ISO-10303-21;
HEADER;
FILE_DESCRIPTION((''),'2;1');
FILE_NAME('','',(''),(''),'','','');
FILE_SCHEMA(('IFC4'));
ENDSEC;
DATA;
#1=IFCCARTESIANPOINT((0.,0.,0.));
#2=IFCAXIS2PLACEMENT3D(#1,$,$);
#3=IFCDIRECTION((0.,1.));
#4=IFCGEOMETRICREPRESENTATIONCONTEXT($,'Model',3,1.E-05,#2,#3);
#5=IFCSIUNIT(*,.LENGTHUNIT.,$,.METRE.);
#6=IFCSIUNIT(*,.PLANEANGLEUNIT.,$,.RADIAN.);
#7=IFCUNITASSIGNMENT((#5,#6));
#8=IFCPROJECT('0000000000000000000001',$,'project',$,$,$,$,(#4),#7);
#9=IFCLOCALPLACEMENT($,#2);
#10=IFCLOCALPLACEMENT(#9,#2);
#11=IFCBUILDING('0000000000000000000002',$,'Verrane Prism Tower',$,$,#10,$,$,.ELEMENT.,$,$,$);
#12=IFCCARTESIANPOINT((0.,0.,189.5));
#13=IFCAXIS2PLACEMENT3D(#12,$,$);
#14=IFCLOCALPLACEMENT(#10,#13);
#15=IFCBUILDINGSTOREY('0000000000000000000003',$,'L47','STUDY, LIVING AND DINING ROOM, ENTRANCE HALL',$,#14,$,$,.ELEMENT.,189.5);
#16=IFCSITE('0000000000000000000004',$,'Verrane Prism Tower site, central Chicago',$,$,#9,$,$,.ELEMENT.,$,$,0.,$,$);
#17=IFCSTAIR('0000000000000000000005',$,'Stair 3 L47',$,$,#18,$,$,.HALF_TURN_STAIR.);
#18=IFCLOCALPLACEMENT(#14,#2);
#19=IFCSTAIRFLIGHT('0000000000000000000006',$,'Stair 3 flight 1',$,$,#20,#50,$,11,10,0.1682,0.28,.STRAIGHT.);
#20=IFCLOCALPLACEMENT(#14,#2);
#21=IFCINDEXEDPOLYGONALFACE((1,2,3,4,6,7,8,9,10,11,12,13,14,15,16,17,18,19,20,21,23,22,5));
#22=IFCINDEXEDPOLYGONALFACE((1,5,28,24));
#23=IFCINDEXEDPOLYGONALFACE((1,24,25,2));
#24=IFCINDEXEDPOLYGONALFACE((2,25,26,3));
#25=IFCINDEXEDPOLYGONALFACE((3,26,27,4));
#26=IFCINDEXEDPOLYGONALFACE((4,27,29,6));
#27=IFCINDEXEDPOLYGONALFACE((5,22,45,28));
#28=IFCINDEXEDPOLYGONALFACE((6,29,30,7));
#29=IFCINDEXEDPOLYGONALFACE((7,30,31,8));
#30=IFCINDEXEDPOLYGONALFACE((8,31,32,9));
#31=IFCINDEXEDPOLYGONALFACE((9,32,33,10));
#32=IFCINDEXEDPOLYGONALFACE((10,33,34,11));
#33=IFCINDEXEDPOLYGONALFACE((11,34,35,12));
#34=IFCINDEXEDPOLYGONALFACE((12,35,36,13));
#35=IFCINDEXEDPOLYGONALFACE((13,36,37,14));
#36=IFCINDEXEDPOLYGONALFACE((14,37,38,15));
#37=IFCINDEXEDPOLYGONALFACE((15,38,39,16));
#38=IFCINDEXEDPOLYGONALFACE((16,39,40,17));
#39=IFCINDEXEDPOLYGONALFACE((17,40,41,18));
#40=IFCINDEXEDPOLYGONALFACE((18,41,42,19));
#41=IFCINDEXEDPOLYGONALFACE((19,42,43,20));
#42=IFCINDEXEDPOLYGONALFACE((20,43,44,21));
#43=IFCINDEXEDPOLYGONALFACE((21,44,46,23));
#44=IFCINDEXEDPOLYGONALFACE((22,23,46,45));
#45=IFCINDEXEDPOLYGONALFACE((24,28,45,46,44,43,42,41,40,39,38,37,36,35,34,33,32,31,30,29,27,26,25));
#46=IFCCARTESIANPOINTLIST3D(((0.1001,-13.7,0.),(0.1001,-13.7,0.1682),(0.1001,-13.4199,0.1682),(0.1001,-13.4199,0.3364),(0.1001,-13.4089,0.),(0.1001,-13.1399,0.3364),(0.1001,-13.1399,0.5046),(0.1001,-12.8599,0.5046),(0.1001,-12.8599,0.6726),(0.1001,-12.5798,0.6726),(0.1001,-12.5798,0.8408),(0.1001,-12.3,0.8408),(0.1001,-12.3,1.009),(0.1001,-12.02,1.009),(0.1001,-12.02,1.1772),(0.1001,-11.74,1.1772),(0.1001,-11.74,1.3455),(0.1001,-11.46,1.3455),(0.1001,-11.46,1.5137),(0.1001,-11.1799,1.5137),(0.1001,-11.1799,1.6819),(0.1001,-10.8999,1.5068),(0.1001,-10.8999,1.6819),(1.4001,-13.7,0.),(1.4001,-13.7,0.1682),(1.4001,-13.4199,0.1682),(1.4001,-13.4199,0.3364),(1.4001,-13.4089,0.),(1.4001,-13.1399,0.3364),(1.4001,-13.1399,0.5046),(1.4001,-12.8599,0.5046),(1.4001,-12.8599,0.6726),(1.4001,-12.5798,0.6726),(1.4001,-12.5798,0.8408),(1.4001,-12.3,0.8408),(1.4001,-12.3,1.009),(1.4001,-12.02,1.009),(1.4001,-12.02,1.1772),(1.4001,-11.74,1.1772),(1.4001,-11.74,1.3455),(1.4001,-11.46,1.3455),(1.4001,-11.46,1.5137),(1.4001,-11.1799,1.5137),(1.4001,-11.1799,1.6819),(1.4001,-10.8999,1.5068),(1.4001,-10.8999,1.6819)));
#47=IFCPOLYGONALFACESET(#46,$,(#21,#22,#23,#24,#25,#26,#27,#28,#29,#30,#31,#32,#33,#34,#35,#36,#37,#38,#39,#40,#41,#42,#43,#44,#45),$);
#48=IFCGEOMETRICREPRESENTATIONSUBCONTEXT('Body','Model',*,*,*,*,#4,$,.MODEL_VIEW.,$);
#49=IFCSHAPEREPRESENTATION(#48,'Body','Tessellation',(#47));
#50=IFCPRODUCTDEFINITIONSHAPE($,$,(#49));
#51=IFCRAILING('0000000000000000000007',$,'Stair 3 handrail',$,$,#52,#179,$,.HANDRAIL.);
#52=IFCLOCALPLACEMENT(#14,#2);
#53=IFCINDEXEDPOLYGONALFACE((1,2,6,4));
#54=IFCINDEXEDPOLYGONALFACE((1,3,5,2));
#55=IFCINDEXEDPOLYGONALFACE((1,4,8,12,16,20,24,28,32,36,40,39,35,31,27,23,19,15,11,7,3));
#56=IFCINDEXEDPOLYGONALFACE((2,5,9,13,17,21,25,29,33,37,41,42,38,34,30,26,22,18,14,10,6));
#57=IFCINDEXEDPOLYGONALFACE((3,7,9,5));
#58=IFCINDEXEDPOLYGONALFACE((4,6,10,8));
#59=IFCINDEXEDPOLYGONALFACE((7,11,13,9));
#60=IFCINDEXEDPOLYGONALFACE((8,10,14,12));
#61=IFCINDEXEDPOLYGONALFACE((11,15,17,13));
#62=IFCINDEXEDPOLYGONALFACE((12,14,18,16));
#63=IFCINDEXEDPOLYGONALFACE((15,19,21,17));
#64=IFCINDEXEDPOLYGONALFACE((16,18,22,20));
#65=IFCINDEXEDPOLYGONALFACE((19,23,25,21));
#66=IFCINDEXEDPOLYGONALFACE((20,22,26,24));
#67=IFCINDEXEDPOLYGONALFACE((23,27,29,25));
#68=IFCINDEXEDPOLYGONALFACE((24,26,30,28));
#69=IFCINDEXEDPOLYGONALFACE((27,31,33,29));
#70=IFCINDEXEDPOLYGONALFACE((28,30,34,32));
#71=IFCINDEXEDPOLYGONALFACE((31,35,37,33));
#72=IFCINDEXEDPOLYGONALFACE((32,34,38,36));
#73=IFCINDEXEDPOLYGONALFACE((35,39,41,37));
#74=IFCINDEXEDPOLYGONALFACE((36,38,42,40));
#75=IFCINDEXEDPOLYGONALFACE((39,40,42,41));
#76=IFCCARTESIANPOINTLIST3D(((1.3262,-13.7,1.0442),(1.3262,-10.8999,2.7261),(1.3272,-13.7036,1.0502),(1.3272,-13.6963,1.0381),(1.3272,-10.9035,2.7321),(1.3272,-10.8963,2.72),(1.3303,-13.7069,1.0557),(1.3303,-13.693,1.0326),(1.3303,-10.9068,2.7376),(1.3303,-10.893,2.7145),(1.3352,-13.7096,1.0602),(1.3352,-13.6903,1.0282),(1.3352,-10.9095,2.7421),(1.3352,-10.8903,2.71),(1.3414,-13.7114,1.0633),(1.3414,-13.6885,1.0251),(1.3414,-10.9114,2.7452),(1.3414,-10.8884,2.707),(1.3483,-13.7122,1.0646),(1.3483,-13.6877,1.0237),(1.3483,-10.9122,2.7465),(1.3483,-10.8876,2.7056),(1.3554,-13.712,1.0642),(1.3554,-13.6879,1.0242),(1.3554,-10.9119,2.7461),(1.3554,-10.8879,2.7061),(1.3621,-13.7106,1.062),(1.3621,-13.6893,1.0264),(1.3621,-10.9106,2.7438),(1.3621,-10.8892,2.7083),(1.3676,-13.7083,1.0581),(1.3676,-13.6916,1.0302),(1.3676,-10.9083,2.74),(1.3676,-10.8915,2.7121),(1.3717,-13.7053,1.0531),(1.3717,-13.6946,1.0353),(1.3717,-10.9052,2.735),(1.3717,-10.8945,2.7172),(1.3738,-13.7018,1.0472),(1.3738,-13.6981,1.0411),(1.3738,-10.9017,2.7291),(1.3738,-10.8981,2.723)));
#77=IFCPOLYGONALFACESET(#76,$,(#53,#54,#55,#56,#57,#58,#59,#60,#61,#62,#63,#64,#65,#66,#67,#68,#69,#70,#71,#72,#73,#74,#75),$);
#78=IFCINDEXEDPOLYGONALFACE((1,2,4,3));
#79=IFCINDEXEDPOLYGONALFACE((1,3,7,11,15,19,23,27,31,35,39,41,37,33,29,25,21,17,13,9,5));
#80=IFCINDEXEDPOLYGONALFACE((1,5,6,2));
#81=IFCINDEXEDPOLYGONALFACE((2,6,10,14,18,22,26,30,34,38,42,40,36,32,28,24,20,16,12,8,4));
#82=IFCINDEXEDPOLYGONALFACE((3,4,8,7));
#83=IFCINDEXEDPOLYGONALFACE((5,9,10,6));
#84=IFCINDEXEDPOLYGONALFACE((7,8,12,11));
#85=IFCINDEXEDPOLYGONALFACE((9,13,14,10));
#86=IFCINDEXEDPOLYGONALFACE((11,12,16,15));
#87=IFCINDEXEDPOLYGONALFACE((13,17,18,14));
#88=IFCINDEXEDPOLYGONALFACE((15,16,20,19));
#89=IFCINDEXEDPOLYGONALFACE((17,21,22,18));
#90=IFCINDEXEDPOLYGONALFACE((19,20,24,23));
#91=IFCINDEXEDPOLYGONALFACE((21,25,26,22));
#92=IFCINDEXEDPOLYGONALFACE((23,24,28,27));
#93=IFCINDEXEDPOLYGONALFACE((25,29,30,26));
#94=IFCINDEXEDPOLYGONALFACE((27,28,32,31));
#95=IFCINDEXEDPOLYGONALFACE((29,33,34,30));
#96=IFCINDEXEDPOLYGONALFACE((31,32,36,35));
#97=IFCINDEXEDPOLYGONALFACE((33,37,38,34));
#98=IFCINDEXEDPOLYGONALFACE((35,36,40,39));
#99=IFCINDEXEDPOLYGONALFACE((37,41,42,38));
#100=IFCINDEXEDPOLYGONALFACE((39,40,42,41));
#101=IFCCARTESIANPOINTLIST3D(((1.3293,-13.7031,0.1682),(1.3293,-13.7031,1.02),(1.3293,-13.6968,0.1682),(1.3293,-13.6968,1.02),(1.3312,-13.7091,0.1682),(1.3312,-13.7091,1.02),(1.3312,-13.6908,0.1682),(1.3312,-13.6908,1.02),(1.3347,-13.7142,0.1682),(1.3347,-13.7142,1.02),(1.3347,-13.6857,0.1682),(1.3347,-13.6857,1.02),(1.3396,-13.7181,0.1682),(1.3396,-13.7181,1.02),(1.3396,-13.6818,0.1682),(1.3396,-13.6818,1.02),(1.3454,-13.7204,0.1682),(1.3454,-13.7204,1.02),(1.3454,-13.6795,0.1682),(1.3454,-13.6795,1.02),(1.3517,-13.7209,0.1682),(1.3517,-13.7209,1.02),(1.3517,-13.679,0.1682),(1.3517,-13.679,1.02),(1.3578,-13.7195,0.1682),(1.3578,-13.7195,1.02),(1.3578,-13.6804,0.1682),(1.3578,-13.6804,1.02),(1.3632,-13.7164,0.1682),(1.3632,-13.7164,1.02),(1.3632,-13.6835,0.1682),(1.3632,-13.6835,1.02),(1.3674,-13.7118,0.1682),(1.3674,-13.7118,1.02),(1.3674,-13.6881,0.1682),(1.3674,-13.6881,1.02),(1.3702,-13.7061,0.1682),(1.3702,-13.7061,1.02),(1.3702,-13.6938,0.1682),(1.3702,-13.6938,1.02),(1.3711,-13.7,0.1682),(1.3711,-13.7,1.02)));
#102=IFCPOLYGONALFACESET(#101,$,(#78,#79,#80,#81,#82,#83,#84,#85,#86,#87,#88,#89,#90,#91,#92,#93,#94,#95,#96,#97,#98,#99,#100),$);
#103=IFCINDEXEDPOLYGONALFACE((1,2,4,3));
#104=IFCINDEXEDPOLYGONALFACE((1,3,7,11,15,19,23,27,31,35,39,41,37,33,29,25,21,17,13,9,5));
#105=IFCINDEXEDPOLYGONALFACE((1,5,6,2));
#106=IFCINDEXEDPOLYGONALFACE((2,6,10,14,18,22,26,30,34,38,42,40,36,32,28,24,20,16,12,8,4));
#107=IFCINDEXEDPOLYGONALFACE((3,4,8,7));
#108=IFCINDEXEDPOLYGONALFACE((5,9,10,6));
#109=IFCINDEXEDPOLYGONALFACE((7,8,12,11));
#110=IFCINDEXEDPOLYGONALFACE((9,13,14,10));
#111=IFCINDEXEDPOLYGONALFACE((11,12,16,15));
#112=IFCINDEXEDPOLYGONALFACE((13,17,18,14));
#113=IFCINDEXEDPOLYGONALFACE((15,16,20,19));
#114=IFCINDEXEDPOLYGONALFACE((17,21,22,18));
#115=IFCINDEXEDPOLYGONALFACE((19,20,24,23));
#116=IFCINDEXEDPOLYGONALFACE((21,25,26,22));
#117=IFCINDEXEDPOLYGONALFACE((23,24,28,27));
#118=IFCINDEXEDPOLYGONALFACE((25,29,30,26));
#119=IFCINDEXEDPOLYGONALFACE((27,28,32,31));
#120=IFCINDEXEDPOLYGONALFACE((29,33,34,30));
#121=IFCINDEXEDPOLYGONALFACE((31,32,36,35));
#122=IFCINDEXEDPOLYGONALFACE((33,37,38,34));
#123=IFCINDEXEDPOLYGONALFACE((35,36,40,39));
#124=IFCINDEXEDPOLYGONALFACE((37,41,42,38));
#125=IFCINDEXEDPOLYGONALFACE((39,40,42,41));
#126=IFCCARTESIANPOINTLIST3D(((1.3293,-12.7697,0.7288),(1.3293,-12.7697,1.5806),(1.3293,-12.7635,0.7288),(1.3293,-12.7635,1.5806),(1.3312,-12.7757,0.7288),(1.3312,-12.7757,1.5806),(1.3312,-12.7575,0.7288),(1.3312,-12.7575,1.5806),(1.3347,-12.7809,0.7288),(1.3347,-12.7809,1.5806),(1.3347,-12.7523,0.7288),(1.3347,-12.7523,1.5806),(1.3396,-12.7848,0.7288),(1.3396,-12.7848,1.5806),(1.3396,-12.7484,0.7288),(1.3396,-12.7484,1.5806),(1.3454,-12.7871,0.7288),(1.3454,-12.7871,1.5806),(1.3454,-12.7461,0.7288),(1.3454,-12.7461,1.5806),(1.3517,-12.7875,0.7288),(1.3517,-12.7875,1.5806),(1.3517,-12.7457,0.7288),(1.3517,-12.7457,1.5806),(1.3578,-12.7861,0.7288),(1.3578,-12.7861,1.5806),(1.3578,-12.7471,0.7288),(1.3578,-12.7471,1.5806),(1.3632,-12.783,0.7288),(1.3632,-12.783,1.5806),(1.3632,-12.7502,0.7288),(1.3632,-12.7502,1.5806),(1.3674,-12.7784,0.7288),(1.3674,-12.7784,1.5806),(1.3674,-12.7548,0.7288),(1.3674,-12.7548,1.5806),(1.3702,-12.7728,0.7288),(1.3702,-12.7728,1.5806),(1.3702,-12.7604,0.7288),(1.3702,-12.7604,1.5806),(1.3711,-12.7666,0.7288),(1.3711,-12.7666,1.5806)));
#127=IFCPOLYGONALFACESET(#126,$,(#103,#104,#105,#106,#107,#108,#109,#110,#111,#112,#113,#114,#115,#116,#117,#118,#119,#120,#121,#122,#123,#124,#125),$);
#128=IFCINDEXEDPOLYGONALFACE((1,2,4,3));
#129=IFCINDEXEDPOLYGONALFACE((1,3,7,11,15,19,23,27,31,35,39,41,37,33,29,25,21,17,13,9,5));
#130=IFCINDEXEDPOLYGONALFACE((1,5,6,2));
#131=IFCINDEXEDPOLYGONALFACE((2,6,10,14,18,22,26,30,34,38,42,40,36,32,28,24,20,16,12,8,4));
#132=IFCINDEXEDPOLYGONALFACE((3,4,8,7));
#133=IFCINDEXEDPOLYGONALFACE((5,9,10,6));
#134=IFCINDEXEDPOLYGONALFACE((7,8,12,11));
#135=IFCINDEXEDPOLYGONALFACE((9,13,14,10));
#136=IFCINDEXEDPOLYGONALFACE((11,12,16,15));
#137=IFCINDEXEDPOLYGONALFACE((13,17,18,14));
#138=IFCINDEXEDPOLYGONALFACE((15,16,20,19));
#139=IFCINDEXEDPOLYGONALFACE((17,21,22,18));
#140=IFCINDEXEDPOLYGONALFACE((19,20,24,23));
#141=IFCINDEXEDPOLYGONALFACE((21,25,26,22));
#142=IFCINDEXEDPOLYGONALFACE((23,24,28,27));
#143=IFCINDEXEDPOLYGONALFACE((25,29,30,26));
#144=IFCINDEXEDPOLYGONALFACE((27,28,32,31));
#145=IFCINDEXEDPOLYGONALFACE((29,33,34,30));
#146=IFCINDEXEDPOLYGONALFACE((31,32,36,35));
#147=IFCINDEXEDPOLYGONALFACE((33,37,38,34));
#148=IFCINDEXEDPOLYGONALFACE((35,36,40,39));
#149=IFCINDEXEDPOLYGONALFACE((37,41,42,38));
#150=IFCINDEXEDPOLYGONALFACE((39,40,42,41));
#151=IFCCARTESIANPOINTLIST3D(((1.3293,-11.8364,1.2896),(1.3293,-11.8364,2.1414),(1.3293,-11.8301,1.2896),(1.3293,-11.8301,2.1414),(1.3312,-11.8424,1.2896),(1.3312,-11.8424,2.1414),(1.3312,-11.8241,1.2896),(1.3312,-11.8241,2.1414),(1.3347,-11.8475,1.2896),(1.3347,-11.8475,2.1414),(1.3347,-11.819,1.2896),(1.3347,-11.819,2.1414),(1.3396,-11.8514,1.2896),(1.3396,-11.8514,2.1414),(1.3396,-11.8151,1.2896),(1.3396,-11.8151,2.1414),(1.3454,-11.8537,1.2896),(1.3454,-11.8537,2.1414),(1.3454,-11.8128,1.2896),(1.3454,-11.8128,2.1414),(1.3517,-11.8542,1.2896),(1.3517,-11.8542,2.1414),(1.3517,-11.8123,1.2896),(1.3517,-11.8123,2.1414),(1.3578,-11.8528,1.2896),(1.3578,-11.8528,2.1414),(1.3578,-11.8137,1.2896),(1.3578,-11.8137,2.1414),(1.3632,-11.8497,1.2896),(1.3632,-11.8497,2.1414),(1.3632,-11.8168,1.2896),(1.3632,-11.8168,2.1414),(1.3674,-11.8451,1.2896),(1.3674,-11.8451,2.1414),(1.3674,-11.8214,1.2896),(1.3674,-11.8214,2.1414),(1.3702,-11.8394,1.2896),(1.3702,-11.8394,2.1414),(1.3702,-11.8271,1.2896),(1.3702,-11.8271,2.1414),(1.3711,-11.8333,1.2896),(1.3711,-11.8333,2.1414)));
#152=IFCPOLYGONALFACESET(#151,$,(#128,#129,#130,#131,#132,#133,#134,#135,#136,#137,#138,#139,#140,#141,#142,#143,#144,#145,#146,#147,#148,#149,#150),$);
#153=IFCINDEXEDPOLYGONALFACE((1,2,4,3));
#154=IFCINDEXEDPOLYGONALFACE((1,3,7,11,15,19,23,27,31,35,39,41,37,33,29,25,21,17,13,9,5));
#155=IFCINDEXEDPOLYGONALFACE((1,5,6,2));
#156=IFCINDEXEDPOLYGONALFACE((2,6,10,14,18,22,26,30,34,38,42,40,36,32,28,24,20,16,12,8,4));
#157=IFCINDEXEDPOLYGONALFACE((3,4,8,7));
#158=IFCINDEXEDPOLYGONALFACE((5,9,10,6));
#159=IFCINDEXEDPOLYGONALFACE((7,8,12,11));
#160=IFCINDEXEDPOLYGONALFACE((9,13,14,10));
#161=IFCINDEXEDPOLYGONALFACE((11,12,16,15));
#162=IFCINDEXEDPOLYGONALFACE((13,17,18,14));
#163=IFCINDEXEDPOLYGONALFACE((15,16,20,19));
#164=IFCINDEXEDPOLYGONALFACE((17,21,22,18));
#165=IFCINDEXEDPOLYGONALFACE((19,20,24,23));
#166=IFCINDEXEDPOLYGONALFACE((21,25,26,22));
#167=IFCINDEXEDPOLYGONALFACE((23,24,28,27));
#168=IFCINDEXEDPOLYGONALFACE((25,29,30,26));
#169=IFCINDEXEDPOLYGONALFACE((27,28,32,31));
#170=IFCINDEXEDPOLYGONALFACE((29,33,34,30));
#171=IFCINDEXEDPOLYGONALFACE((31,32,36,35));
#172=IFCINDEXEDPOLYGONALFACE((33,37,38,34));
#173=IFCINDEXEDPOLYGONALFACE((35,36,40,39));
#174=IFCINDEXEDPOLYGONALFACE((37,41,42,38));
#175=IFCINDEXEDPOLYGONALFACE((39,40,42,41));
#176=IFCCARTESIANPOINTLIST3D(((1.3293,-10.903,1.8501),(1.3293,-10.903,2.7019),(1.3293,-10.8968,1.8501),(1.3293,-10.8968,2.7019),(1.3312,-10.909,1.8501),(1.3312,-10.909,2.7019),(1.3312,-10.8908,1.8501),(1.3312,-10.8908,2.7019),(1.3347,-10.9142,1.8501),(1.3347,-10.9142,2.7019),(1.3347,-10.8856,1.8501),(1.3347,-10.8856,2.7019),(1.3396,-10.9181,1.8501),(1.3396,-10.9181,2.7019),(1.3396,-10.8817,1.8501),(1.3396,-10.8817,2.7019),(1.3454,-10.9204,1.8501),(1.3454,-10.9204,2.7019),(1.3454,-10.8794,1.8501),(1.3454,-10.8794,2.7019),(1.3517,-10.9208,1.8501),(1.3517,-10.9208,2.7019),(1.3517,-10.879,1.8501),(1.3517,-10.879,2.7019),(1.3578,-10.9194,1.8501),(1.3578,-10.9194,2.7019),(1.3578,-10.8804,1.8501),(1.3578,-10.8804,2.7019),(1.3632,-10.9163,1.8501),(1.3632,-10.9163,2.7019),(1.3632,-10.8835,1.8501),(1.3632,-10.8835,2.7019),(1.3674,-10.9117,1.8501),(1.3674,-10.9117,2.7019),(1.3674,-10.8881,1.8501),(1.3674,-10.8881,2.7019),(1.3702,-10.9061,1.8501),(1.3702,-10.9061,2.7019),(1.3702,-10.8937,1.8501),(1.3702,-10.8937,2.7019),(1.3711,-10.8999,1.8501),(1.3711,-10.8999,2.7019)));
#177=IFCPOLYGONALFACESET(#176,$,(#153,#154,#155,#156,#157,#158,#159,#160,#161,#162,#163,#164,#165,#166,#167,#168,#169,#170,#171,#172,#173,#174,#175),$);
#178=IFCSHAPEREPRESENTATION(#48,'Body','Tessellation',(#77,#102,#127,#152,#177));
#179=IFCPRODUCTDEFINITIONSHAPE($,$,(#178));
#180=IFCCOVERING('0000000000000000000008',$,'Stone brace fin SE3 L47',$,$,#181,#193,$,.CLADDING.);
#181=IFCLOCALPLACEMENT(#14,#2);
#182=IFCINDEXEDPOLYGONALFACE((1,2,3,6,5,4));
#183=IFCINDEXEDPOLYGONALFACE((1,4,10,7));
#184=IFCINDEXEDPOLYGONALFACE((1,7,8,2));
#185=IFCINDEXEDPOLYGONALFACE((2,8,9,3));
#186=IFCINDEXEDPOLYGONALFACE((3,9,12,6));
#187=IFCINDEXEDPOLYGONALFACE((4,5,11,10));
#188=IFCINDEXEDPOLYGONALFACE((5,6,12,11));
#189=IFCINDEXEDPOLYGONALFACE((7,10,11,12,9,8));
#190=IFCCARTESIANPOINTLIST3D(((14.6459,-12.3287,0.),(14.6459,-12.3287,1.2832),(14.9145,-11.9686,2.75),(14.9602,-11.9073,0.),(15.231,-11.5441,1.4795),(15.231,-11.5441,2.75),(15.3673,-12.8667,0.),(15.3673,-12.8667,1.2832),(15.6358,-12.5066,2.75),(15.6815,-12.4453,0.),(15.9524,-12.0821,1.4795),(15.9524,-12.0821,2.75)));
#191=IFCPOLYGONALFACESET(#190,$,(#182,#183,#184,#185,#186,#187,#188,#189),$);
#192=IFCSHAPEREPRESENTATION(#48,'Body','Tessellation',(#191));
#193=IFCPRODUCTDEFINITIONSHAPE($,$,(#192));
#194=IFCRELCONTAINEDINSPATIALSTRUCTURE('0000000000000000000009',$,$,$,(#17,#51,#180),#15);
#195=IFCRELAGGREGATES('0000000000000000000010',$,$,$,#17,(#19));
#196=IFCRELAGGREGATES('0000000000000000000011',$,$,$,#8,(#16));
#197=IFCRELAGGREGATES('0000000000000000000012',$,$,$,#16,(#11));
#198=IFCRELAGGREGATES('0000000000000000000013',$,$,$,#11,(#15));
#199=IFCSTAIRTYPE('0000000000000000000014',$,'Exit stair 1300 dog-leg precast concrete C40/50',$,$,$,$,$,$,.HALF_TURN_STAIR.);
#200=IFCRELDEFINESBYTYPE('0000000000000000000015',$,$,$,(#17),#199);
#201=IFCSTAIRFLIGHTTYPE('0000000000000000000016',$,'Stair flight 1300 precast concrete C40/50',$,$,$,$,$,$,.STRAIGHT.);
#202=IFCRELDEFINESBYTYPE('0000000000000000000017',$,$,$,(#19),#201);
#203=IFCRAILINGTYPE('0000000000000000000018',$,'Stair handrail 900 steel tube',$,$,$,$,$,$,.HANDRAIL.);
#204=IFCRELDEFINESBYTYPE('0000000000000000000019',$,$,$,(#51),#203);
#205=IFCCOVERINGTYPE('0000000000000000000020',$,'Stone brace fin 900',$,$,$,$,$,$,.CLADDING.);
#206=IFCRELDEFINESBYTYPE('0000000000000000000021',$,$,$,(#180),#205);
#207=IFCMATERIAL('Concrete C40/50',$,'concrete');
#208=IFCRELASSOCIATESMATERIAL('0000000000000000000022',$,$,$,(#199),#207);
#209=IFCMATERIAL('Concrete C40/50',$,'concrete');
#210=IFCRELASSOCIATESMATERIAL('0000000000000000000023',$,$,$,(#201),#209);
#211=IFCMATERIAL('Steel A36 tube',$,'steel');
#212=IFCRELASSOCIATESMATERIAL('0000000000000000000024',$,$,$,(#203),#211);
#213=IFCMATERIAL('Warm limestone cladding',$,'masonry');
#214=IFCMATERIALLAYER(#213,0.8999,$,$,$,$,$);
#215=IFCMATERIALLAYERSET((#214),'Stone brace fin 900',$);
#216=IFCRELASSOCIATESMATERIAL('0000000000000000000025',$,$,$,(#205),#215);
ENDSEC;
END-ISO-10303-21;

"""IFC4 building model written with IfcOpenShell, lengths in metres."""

from ifc_helpers import new_model, si_unit, direction, frame, origin, origin_2d, place, context, subcontext, project, spatial, polyline, circle, outline, extrude, material, layer, layer_set, type_object, element, aggregate, save


model = new_model("IFC4")

# Units and contexts
model_context = context("Model", 3, precision=1e-05, world=origin(), true_north=direction((0.0, 1.0)))
body_context = subcontext(model_context, "Body", "Model", "MODEL_VIEW")
ifc_project = project(units=[si_unit("LENGTHUNIT", "METRE"), si_unit("PLANEANGLEUNIT", "RADIAN")], contexts=[model_context])

# Site, building, storey
site_placement = place(None, origin())
site = spatial("IfcSite", under=ifc_project, at=site_placement, Name="Verrane Prism Tower site, central Chicago", CompositionType="ELEMENT", RefElevation=0.0)
building_placement = place(site_placement, origin())
building = spatial("IfcBuilding", under=site, at=building_placement, Name="Verrane Prism Tower", CompositionType="ELEMENT")
storey_placement = place(building_placement, frame((0.0, 0.0, 189.5)))
storey = spatial("IfcBuildingStorey", under=building, at=storey_placement, Name="L47", Description="STUDY, LIVING AND DINING ROOM, ENTRANCE HALL", CompositionType="ELEMENT", Elevation=189.5)

# Stair, stair flight
ifc_material_1 = material(Name="Concrete C40/50", Category="concrete")
stair_type = type_object("IfcStairType", Name="Exit stair 1300 dog-leg precast concrete C40/50", PredefinedType="HALF_TURN_STAIR", material=ifc_material_1)
stair_placement = place(storey_placement, origin())
stair = element("IfcStair", 1, at=stair_placement, inside=storey, type_object=stair_type, Name="Stair 3 L47", PredefinedType="HALF_TURN_STAIR")
ifc_material_2 = material(Name="Concrete C40/50", Category="concrete")
stair_flight_type = type_object("IfcStairFlightType", Name="Stair flight 1300 precast concrete C40/50", PredefinedType="STRAIGHT", material=ifc_material_2)
stair_flight_placement = place(storey_placement, frame((0.75, -13.7, 0.0), z_axis=(0.0, 0.0, 1.0), x_axis=(0.0, 1.0, 0.0)))
stair_flight = element("IfcStairFlight", 2, at=stair_flight_placement, type_object=stair_flight_type, Name="Stair 3 flight 1", NumberOfRisers=11, NumberOfTreads=10, PredefinedType="STRAIGHT", RiserHeight=0.1682, TreadLength=0.28, context=body_context, shape_type="SweptSolid", body=[
    extrude(outline(polyline([(0.0, 0.0), (0.0, 0.1682), (0.28, 0.1682), (0.28, 0.3364), (0.5601, 0.3364), (0.5601, 0.5046), (0.8401, 0.5046), (0.8401, 0.6726), (1.1201, 0.6726), (1.1201, 0.8408), (1.3999, 0.8408), (1.3999, 1.009), (1.6799, 1.009), (1.6799, 1.1772), (1.96, 1.1772), (1.96, 1.3455), (2.24, 1.3455), (2.24, 1.5137), (2.52, 1.5137), (2.52, 1.6819), (2.8, 1.6819), (2.8, 1.8501), (2.8, 1.5068), (0.291, 0.0), (0.0, 0.0)])), frame((0.0, 0.6499, 0.0), z_axis=(0.0, -1.0, 0.0), x_axis=(1.0, 0.0, 0.0)), (0.0, 0.0, 1.0), 1.3),
])
aggregate(stair, [stair_flight])

# Railing
ifc_material_3 = material(Name="Steel A36 tube", Category="steel")
railing_type_1 = type_object("IfcRailingType", Name="Stair handrail 900 steel tube", PredefinedType="HANDRAIL", material=ifc_material_3)
railing_1_placement = place(storey_placement, frame((1.3501, -13.7, 0.1682)))
element("IfcRailing", 3, at=railing_1_placement, inside=storey, type_object=railing_type_1, Name="Stair 3 handrail", PredefinedType="HANDRAIL", context=body_context, shape_type="SweptSolid", body=[
    extrude(circle(Radius=0.0239, at=origin_2d()), frame((0.0, 0.0, 0.876), z_axis=(0.0, 0.857242, 0.514913), x_axis=(-1.0, 0.0, 0.0)), (0.0, 0.0, 1.0), 3.2664),
    extrude(circle(Radius=0.021, at=origin_2d()), origin(), (0.0, 0.0, 1.0), 0.8518),
    extrude(circle(Radius=0.021, at=origin_2d()), frame((0.0, 0.9333, 0.5605)), (0.0, 0.0, 1.0), 0.8518),
    extrude(circle(Radius=0.021, at=origin_2d()), frame((0.0, 1.8667, 1.1213)), (0.0, 0.0, 1.0), 0.8518),
    extrude(circle(Radius=0.021, at=origin_2d()), frame((0.0, 2.8, 1.6819)), (0.0, 0.0, 1.0), 0.8518),
])

# Covering
ifc_material_4 = material(Name="Warm limestone cladding", Category="masonry")
ifc_layer_1 = layer(ifc_material_4, 0.8999)
ifc_layer_set_1 = layer_set([ifc_layer_1], Name="Stone brace fin 900")
covering_type = type_object("IfcCoveringType", Name="Stone brace fin 900", PredefinedType="CLADDING", material=ifc_layer_set_1)
covering_placement = place(storey_placement, frame((15.0066, -12.5977, 0.0), z_axis=(0.0, 0.0, 1.0), x_axis=(0.597843, 0.801613, 0.0)))
element("IfcCovering", 4, at=covering_placement, inside=storey, type_object=covering_type, Name="Stone brace fin SE3 L47", PredefinedType="CLADDING", context=body_context, shape_type="SweptSolid", body=[
    extrude(outline(polyline([(0.9788, 2.75), (0.4492, 2.75), (0.0, 1.2832), (0.0, 0.0), (0.5256, 0.0), (0.9788, 1.4795), (0.9788, 2.75)])), frame((0.0, 0.45, 0.0), z_axis=(0.0, -1.0, 0.0), x_axis=(1.0, 0.0, 0.0)), (0.0, 0.0, 1.0), 0.8999),
])

save(model, "model.ifc")
